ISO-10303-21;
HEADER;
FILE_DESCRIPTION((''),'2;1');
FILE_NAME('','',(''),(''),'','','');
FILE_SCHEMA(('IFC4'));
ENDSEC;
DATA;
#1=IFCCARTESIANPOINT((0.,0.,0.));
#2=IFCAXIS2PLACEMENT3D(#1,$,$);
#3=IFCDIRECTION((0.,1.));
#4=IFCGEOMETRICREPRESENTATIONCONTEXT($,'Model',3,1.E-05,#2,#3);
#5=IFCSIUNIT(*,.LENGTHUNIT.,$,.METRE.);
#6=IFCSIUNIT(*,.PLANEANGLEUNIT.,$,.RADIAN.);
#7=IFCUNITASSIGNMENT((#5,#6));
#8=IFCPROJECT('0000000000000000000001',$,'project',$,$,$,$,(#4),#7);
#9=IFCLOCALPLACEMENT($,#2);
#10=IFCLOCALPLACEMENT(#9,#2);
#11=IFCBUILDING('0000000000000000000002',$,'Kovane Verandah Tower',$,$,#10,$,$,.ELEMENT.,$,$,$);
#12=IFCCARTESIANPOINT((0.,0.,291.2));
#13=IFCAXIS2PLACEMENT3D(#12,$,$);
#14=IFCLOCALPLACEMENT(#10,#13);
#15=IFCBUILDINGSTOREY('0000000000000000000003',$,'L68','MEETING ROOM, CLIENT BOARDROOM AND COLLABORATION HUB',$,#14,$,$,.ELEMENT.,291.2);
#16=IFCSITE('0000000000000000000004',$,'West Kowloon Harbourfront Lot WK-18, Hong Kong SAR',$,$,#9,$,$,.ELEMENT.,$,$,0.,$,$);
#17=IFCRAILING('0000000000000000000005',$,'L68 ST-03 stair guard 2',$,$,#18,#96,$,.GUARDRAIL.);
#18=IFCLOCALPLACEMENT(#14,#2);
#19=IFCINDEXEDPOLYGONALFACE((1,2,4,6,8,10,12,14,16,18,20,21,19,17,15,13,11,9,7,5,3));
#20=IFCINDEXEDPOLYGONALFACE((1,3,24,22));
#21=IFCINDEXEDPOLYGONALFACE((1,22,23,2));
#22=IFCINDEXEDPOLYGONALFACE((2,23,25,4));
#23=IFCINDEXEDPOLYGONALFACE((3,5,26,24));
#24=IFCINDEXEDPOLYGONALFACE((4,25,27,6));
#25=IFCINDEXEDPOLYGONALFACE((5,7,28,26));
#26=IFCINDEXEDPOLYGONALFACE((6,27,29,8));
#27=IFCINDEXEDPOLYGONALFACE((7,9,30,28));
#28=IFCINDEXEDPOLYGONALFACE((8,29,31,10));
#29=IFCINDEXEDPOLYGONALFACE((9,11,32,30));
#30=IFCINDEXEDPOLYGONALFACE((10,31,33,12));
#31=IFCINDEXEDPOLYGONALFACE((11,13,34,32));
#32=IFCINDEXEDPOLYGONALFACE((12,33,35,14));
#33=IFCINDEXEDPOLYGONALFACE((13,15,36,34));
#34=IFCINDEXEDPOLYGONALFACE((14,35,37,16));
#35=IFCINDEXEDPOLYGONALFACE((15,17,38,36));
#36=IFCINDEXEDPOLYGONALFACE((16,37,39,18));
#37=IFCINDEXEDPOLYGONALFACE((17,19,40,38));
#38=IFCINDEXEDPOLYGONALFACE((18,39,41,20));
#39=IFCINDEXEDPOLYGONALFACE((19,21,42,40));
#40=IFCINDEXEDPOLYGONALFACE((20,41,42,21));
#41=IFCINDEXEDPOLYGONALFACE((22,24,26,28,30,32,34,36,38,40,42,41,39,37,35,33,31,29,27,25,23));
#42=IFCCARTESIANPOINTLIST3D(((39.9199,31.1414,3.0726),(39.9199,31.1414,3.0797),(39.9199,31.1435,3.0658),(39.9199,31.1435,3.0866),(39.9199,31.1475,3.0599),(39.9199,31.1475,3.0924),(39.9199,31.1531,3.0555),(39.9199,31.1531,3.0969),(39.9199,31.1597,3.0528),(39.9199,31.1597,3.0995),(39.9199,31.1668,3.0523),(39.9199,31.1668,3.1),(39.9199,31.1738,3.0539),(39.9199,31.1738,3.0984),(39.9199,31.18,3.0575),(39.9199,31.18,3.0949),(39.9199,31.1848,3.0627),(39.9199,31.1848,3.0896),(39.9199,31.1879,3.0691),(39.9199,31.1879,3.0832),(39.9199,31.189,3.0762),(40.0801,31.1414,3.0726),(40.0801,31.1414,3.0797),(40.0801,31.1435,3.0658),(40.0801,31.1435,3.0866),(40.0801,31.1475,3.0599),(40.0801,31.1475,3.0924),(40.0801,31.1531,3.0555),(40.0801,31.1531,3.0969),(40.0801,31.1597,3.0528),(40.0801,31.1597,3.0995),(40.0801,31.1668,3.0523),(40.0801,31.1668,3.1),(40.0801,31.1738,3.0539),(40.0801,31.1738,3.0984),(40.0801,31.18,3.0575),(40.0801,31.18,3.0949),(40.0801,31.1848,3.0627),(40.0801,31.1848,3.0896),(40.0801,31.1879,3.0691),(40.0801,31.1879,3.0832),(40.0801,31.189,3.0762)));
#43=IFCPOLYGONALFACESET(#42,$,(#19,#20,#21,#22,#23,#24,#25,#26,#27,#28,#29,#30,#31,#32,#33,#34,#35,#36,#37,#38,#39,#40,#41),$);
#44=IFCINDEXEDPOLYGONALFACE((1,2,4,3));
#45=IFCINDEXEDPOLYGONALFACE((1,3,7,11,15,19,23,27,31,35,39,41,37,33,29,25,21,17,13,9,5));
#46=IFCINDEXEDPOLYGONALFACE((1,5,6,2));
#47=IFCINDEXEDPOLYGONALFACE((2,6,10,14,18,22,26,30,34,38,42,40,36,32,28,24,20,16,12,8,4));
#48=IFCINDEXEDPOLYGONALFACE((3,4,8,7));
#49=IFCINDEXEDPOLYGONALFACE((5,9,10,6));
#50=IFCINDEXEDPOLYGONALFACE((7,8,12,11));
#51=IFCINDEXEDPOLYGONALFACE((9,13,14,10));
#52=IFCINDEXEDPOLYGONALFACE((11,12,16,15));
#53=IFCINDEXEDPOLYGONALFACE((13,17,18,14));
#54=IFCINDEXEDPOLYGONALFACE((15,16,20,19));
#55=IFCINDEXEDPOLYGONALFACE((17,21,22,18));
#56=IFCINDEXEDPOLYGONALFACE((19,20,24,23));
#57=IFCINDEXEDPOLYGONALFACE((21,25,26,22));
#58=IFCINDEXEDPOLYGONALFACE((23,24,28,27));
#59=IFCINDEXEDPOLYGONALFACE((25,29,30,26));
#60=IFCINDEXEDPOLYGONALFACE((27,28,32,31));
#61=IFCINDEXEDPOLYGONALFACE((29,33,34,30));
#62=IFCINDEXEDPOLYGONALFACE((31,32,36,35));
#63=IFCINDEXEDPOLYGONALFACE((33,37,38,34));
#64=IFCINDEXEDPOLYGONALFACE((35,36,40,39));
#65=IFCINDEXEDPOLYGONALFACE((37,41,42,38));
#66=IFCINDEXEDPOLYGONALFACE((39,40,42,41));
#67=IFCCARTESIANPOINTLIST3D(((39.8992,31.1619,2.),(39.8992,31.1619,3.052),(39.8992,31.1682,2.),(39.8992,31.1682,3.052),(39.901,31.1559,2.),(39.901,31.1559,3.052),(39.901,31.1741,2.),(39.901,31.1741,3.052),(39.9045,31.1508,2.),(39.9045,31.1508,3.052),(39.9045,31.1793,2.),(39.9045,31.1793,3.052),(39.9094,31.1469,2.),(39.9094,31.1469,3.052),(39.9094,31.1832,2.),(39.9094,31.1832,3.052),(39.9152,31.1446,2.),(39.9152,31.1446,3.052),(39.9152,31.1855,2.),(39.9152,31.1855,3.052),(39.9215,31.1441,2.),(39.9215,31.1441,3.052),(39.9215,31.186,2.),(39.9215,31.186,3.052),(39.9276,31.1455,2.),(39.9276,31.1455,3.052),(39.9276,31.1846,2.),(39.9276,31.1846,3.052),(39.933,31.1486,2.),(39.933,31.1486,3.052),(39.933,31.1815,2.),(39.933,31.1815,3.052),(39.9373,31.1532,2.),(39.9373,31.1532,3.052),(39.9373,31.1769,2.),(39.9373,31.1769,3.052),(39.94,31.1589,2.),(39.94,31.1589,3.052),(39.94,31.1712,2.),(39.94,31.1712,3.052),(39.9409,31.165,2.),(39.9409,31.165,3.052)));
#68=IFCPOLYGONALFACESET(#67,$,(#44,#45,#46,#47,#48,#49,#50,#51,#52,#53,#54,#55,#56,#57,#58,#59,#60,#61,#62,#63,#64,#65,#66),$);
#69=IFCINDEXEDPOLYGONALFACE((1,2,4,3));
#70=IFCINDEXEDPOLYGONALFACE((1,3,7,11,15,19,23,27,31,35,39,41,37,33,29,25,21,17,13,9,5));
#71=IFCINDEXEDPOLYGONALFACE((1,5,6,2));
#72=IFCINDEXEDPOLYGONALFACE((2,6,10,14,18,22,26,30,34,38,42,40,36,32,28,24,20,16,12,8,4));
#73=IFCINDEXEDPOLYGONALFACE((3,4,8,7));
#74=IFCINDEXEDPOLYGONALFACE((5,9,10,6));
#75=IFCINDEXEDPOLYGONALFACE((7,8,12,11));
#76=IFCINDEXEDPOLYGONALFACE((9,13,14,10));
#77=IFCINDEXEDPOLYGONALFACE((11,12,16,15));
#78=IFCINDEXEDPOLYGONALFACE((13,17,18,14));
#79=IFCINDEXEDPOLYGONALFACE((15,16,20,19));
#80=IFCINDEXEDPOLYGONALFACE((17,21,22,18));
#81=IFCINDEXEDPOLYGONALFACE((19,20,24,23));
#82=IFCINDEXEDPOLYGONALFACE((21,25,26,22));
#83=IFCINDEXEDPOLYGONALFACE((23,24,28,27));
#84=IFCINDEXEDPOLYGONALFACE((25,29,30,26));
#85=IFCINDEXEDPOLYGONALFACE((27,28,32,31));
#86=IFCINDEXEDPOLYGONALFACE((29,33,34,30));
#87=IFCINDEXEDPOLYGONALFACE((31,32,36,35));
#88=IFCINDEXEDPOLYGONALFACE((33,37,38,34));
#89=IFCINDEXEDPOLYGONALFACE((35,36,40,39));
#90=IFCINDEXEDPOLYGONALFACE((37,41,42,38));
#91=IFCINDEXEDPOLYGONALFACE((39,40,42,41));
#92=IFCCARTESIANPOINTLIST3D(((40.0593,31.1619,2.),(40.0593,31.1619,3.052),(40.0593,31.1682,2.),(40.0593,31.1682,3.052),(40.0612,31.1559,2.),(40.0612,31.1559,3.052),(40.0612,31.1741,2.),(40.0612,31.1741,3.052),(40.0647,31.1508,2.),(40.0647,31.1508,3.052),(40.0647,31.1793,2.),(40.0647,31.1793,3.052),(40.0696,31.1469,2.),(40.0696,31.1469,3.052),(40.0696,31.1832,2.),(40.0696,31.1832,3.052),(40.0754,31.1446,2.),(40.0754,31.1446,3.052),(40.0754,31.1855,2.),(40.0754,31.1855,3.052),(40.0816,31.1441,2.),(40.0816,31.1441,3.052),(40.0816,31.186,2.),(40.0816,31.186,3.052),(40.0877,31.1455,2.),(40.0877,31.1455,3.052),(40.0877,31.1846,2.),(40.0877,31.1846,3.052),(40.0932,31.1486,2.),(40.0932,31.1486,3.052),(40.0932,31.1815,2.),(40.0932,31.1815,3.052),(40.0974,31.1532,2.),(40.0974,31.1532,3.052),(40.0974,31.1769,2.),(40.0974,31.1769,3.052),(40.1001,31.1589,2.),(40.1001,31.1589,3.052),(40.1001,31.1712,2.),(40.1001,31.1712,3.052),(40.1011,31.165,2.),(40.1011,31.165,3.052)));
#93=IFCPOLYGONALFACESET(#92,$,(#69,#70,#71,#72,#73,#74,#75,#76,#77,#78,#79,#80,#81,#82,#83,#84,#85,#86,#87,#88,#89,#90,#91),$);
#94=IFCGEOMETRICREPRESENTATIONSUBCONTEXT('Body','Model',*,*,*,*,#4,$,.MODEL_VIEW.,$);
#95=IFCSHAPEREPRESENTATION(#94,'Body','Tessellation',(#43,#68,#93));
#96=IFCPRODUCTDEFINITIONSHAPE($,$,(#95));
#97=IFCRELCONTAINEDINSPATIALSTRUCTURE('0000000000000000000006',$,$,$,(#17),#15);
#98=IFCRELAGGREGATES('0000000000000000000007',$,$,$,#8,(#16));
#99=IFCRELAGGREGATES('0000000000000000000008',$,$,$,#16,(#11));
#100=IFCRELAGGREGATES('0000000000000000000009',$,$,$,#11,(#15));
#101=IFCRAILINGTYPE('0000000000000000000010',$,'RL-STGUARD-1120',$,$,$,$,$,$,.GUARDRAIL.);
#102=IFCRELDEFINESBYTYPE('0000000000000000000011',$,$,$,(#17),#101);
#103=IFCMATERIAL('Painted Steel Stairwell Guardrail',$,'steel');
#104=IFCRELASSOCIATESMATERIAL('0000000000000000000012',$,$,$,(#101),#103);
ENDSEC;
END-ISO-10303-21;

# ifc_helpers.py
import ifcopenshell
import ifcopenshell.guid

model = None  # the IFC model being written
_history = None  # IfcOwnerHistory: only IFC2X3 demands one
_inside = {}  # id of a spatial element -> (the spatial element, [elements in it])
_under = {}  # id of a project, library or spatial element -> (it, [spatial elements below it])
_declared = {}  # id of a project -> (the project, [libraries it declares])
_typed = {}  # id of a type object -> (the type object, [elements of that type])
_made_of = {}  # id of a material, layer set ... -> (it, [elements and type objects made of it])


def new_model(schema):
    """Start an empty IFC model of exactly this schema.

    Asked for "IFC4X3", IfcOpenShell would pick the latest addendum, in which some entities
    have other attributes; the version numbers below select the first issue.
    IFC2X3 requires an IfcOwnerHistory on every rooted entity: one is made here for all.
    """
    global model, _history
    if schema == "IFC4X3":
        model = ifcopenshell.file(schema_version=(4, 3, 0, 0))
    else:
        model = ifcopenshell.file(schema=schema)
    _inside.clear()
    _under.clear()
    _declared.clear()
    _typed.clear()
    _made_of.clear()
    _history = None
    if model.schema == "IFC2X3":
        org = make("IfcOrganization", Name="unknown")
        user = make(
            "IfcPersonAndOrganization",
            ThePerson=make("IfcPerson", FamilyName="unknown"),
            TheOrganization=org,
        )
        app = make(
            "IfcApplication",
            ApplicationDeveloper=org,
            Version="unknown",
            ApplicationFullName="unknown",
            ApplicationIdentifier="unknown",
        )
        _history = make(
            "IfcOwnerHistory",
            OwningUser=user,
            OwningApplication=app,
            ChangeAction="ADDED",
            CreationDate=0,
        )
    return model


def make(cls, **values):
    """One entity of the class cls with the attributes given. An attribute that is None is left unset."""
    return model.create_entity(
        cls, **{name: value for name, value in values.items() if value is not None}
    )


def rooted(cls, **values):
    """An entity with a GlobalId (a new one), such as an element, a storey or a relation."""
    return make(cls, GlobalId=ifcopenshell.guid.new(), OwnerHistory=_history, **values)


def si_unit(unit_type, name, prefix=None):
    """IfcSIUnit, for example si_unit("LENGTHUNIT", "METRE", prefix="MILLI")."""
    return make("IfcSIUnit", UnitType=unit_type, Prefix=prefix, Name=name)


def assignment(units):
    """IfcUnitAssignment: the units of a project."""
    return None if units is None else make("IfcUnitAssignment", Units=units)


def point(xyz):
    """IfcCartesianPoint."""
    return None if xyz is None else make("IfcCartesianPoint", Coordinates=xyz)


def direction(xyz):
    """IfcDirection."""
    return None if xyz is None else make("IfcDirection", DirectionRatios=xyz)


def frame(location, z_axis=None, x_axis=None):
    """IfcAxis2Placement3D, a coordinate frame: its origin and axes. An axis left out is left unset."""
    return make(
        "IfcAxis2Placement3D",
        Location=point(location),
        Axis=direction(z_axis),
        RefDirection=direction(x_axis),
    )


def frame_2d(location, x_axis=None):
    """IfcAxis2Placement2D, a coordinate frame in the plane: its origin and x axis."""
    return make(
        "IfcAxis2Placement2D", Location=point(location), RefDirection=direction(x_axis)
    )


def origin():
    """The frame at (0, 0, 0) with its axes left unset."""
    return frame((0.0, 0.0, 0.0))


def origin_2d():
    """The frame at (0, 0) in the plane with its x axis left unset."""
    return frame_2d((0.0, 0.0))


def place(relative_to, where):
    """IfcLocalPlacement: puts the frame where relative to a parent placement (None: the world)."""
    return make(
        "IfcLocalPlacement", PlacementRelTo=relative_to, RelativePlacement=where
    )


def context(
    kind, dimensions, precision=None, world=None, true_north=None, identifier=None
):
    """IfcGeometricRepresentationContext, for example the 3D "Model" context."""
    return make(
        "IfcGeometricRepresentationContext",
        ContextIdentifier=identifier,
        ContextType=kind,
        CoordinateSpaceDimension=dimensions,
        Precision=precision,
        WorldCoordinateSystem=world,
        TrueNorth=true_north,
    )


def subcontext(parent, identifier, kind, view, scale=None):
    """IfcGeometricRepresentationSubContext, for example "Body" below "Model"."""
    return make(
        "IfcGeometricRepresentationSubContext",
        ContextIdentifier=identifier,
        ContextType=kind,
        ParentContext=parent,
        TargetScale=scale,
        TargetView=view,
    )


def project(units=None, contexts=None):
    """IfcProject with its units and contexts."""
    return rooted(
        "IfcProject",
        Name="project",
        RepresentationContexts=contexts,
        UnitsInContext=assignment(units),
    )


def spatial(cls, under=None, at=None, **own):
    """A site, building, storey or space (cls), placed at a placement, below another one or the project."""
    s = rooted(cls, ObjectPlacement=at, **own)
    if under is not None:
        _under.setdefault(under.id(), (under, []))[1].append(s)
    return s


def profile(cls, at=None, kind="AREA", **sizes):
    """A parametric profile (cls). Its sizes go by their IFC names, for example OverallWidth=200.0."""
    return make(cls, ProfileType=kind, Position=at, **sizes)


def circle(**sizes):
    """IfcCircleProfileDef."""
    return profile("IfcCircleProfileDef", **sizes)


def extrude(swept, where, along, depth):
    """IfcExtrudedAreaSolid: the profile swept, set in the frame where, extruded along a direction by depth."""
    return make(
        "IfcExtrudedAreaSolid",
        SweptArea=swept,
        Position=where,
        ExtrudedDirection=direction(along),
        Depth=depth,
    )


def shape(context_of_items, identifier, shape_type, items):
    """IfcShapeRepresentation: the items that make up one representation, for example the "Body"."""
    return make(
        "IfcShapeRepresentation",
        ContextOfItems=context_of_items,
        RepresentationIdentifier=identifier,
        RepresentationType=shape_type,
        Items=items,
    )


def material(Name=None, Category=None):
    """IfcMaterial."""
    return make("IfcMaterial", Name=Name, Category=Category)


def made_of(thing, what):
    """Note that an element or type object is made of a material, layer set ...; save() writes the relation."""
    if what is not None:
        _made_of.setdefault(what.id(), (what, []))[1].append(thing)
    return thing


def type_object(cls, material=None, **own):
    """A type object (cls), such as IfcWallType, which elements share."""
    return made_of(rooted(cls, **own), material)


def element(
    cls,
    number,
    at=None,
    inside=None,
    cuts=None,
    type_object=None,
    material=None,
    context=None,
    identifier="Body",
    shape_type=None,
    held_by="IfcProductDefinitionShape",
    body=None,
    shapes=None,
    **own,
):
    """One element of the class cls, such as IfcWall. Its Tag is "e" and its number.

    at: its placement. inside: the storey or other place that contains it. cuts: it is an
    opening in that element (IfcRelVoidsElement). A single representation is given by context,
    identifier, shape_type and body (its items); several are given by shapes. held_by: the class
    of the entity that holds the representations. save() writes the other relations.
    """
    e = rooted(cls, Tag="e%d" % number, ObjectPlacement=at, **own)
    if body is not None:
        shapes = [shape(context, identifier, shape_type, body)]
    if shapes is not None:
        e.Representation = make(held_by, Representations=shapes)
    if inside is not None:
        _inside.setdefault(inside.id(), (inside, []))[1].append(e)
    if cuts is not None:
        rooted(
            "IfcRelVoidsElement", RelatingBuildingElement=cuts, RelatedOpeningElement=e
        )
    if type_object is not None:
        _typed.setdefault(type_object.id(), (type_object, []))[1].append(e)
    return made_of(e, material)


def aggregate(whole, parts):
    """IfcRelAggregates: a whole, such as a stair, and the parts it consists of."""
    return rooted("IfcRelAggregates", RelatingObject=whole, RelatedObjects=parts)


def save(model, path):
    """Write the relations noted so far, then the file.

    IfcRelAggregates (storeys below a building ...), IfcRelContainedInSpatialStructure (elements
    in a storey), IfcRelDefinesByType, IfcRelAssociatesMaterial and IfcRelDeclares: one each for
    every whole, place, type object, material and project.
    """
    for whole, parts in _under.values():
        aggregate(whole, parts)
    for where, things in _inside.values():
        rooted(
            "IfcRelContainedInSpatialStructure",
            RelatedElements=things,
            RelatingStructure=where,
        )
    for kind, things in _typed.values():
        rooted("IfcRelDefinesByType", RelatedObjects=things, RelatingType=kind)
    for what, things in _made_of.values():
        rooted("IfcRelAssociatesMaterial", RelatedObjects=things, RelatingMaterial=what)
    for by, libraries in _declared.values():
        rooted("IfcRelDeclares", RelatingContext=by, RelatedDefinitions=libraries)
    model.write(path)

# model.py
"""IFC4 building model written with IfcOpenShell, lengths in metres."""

from ifc_helpers import new_model, si_unit, direction, frame, origin, origin_2d, place, context, subcontext, project, spatial, circle, extrude, material, type_object, element, save


model = new_model("IFC4")

# Units and contexts
model_context = context("Model", 3, precision=1e-05, world=origin(), true_north=direction((0.0, 1.0)))
body_context = subcontext(model_context, "Body", "Model", "MODEL_VIEW")
ifc_project = project(units=[si_unit("LENGTHUNIT", "METRE"), si_unit("PLANEANGLEUNIT", "RADIAN")], contexts=[model_context])

# Site, building, storey
site_placement = place(None, origin())
site = spatial("IfcSite", under=ifc_project, at=site_placement, Name="West Kowloon Harbourfront Lot WK-18, Hong Kong SAR", CompositionType="ELEMENT", RefElevation=0.0)
building_placement = place(site_placement, origin())
building = spatial("IfcBuilding", under=site, at=building_placement, Name="Kovane Verandah Tower", CompositionType="ELEMENT")
storey_placement = place(building_placement, frame((0.0, 0.0, 291.2)))
storey = spatial("IfcBuildingStorey", under=building, at=storey_placement, Name="L68", Description="MEETING ROOM, CLIENT BOARDROOM AND COLLABORATION HUB", CompositionType="ELEMENT", Elevation=291.2)

# Railing
ifc_material_1 = material(Name="Painted Steel Stairwell Guardrail", Category="steel")
railing_type_1 = type_object("IfcRailingType", Name="RL-STGUARD-1120", PredefinedType="GUARDRAIL", material=ifc_material_1)
railing_1_placement = place(storey_placement, frame((39.9199, 31.165, 2.0)))
element("IfcRailing", 1, at=railing_1_placement, inside=storey, type_object=railing_type_1, Name="L68 ST-03 stair guard 2", PredefinedType="GUARDRAIL", context=body_context, shape_type="SweptSolid", body=[
    extrude(circle(Radius=0.0239, at=origin_2d()), frame((0.0, 0.0, 1.0762), z_axis=(1.0, 0.0, 0.0), x_axis=(0.0, 1.0, 0.0)), (0.0, 0.0, 1.0), 0.1602),
    extrude(circle(Radius=0.021, at=origin_2d()), origin(), (0.0, 0.0, 1.0), 1.052),
    extrude(circle(Radius=0.021, at=origin_2d()), frame((0.1602, 0.0, 0.0)), (0.0, 0.0, 1.0), 1.052),
])

save(model, "model.ifc")
